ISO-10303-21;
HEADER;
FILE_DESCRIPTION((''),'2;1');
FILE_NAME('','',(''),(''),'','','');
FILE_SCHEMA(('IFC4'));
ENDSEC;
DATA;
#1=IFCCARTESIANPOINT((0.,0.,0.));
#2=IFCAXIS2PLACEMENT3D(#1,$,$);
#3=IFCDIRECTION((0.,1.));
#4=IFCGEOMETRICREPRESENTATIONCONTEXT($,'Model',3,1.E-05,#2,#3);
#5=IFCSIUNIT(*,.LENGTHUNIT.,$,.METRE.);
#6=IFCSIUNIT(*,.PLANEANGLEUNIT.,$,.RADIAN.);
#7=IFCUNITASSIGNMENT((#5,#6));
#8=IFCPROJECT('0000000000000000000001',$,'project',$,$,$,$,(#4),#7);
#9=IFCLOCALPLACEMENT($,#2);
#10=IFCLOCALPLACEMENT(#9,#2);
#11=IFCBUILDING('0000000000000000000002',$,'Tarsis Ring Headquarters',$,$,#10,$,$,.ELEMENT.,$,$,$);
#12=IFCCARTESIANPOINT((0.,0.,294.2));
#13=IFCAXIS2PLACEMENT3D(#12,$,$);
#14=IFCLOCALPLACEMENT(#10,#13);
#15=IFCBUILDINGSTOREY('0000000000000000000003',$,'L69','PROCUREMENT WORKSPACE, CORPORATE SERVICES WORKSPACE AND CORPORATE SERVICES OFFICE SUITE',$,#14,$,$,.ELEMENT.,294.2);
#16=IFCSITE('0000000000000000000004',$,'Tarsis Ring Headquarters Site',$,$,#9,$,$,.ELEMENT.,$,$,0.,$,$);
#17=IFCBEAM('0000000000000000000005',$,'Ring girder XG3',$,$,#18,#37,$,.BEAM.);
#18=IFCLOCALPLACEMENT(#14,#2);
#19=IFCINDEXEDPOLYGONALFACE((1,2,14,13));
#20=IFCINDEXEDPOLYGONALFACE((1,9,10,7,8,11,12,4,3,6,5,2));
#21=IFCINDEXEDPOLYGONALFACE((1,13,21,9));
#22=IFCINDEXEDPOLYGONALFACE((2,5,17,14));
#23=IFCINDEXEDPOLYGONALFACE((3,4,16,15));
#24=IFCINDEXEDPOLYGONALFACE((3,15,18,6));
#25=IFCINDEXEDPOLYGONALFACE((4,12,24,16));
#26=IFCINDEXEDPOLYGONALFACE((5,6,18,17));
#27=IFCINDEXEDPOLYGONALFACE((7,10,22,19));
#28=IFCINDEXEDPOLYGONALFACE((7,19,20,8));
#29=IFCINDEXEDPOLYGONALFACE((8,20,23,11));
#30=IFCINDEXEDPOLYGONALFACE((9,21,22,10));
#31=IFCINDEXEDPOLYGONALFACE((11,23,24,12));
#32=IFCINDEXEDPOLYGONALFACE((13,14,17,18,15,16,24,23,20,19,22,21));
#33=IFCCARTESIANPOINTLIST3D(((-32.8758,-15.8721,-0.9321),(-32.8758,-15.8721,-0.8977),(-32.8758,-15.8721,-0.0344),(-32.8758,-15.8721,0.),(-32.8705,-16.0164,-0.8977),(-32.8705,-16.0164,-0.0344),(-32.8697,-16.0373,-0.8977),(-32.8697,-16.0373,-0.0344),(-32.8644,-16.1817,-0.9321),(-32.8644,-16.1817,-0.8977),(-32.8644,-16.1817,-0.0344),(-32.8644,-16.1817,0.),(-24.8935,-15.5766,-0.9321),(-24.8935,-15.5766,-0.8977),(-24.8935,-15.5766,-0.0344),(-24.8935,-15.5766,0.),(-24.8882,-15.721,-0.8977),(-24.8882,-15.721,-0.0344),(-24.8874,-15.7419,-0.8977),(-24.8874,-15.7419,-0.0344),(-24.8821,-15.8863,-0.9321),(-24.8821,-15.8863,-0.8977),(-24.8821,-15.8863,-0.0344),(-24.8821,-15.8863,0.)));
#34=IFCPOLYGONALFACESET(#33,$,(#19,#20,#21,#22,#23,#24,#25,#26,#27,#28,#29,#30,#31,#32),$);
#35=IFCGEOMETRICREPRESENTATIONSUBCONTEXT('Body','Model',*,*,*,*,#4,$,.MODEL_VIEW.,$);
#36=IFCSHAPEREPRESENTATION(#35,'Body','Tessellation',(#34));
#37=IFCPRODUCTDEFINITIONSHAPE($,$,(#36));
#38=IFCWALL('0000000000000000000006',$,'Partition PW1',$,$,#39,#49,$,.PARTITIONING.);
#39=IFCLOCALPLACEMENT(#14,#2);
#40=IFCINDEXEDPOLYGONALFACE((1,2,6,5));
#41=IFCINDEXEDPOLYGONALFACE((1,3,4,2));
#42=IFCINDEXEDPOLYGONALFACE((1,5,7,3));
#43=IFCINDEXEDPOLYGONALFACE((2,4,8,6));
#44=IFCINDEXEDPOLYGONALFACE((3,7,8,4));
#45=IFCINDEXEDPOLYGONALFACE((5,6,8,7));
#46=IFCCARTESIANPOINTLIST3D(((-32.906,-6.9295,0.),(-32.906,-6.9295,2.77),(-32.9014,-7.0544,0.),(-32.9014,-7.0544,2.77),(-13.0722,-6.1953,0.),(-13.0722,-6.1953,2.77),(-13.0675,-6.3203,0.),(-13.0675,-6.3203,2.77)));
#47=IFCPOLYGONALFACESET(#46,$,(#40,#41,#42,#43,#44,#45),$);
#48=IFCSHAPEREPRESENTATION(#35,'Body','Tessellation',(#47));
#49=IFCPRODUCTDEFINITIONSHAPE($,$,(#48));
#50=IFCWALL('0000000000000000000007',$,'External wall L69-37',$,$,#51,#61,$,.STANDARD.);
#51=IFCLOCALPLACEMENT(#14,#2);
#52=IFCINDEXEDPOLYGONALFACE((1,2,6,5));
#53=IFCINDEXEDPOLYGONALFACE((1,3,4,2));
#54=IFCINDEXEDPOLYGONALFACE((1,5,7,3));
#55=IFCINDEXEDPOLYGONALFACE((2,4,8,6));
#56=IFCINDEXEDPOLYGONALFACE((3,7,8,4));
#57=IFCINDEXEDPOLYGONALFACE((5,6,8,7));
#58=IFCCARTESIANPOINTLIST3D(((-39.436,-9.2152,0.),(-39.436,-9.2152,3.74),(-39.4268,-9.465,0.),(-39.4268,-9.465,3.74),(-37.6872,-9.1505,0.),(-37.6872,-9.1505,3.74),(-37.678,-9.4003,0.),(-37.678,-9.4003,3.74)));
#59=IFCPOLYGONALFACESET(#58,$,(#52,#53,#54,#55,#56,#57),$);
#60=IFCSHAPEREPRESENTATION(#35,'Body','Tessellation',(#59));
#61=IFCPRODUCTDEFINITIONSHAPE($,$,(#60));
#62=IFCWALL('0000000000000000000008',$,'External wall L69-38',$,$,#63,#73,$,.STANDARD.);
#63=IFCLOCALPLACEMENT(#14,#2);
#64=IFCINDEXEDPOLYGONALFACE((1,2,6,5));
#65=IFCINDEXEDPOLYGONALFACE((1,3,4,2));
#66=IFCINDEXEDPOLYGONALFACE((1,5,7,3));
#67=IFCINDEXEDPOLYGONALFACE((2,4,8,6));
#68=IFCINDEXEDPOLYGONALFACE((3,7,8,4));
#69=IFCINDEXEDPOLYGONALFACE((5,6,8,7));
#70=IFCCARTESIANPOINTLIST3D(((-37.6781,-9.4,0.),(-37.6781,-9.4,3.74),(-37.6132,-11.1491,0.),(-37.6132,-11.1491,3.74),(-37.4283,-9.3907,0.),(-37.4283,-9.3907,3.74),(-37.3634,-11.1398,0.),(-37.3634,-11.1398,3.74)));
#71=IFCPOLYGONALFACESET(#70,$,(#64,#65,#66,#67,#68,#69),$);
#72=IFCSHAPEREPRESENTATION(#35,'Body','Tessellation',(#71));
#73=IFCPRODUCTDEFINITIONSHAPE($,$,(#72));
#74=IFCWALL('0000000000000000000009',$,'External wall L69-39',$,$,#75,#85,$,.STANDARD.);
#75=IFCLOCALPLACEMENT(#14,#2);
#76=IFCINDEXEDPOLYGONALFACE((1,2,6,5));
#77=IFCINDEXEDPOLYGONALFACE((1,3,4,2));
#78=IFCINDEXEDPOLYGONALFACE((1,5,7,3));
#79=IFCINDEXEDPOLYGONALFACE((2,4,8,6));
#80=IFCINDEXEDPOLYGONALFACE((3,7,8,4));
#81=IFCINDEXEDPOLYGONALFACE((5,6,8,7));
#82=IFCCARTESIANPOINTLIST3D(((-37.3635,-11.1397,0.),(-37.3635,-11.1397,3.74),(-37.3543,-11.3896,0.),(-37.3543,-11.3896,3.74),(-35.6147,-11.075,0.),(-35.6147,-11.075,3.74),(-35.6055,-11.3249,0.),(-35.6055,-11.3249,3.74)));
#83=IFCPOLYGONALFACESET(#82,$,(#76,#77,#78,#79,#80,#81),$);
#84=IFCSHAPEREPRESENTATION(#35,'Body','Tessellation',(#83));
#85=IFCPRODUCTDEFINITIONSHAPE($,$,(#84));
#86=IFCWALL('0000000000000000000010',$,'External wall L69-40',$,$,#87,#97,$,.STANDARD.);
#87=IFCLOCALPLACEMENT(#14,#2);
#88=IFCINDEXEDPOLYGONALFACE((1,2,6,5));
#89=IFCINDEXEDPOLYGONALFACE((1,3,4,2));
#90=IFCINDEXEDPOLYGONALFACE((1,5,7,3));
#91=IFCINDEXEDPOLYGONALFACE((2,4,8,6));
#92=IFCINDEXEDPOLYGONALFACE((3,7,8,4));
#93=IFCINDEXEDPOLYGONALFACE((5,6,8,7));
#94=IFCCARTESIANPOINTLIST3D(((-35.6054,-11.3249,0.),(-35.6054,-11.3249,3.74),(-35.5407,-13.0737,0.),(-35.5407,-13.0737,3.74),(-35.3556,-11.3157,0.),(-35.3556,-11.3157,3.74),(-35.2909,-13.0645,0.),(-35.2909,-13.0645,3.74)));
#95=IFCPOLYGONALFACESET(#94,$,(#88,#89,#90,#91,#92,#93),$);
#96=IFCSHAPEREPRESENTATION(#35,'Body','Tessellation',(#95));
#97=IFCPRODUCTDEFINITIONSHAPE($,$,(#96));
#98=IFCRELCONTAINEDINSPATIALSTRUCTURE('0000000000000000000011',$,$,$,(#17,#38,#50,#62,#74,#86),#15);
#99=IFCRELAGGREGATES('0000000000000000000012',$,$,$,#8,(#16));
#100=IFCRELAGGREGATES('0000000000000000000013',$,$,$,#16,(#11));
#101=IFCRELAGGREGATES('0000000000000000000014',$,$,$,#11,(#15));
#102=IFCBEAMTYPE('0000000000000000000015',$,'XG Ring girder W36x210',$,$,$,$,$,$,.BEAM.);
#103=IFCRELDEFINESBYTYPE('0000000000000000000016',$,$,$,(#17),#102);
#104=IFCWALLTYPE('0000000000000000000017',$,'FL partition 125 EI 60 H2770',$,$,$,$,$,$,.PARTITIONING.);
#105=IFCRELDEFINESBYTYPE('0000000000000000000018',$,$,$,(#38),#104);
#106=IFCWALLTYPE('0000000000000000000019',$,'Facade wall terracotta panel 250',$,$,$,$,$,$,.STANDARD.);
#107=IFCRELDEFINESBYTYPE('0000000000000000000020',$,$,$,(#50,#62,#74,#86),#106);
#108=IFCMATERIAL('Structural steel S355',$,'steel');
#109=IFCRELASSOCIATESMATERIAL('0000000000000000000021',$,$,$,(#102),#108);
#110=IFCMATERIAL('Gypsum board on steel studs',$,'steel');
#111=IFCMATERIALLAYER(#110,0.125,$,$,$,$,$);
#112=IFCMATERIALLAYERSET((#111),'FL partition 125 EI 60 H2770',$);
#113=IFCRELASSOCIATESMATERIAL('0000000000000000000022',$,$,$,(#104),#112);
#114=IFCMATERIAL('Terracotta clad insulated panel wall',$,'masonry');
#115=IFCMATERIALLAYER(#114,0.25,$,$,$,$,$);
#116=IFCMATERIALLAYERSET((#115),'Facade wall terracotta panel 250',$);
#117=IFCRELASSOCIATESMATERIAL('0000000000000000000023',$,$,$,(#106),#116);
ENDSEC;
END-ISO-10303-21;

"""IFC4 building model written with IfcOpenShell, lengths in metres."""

from ifc_helpers import new_model, si_unit, direction, frame, frame_2d, origin, origin_2d, place, context, subcontext, project, spatial, rectangle, i_section, extrude, material, layer, layer_set, material_profile, profile_set, type_object, element, save


model = new_model("IFC4")

# Units and contexts
model_context = context("Model", 3, precision=1e-05, world=origin(), true_north=direction((0.0, 1.0)))
body_context = subcontext(model_context, "Body", "Model", "MODEL_VIEW")
ifc_project = project(units=[si_unit("LENGTHUNIT", "METRE"), si_unit("PLANEANGLEUNIT", "RADIAN")], contexts=[model_context])

# Site, building, storey
site_placement = place(None, origin())
site = spatial("IfcSite", under=ifc_project, at=site_placement, Name="Tarsis Ring Headquarters Site", CompositionType="ELEMENT", RefElevation=0.0)
building_placement = place(site_placement, origin())
building = spatial("IfcBuilding", under=site, at=building_placement, Name="Tarsis Ring Headquarters", CompositionType="ELEMENT")
storey_placement = place(building_placement, frame((0.0, 0.0, 294.2)))
storey = spatial("IfcBuildingStorey", under=building, at=storey_placement, Name="L69", Description="PROCUREMENT WORKSPACE, CORPORATE SERVICES WORKSPACE AND CORPORATE SERVICES OFFICE SUITE", CompositionType="ELEMENT", Elevation=294.2)

# Shared definitions
ifc_material_1 = material(Name="Structural steel S355", Category="steel")

# Beam
ifc_material_profile_1 = material_profile(ifc_material_1, i_section(OverallWidth=0.3098, OverallDepth=0.9321, WebThickness=0.021, FlangeThickness=0.0344, at=origin_2d()), Name="W36x210")
ifc_profile_set_1 = profile_set([ifc_material_profile_1], Name="Structural steel S355")
beam_type = type_object("IfcBeamType", Name="XG Ring girder W36x210", PredefinedType="BEAM", material=ifc_profile_set_1)
for number, where, z_axis, x_axis, name in (
    (1, (-32.8701, -16.0269, -0.4661), (0.999316, 0.036982, 0.0), (-0.036982, 0.999316, 0.0), "Ring girder XG3"),
):
    element("IfcBeam", number, at=place(storey_placement, frame(where, z_axis=z_axis, x_axis=x_axis)), inside=storey, type_object=beam_type, Name=name, PredefinedType="BEAM", context=body_context, shape_type="SweptSolid", body=[
        extrude(i_section(OverallWidth=0.3098, OverallDepth=0.9321, WebThickness=0.021, FlangeThickness=0.0344, at=origin_2d()), origin(), (0.0, 0.0, 1.0), 7.9878),
    ])

# Wall
ifc_material_2 = material(Name="Gypsum board on steel studs", Category="steel")
ifc_layer_1 = layer(ifc_material_2, 0.125)
ifc_layer_set_1 = layer_set([ifc_layer_1], Name="FL partition 125 EI 60 H2770")
wall_type_1 = type_object("IfcWallType", Name="FL partition 125 EI 60 H2770", PredefinedType="PARTITIONING", material=ifc_layer_set_1)
wall_1_placement = place(storey_placement, frame((-32.9038, -6.9919, 0.0), z_axis=(0.0, 0.0, 1.0), x_axis=(0.999316, 0.036989, 0.0)))
element("IfcWall", 2, at=wall_1_placement, inside=storey, type_object=wall_type_1, Name="Partition PW1", PredefinedType="PARTITIONING", context=body_context, shape_type="SweptSolid", body=[
    extrude(rectangle(XDim=19.8474, YDim=0.125, at=frame_2d((9.9238, 0.0))), origin(), (0.0, 0.0, 1.0), 2.77),
])

# Shared definitions
ifc_material_3 = material(Name="Terracotta clad insulated panel wall", Category="masonry")
ifc_layer_2 = layer(ifc_material_3, 0.25)
ifc_layer_set_2 = layer_set([ifc_layer_2], Name="Facade wall terracotta panel 250")
wall_type_2 = type_object("IfcWallType", Name="Facade wall terracotta panel 250", PredefinedType="STANDARD", material=ifc_layer_set_2)

# Walls
wall_2_placement = place(storey_placement, frame((-39.4314, -9.3401, 0.0), z_axis=(0.0, 0.0, 1.0), x_axis=(0.999316, 0.03697, 0.0)))
element("IfcWall", 3, at=wall_2_placement, inside=storey, type_object=wall_type_2, Name="External wall L69-37", PredefinedType="STANDARD", context=body_context, shape_type="SweptSolid", body=[
    extrude(rectangle(XDim=1.75, YDim=0.25, at=frame_2d((0.875, 0.0))), origin(), (0.0, 0.0, 1.0), 3.74),
])
wall_3_placement = place(storey_placement, frame((-37.5532, -9.3955, 0.0), z_axis=(0.0, 0.0, 1.0), x_axis=(0.037105, -0.999311, 0.0)))
element("IfcWall", 4, at=wall_3_placement, inside=storey, type_object=wall_type_2, Name="External wall L69-38", PredefinedType="STANDARD", context=body_context, shape_type="SweptSolid", body=[
    extrude(rectangle(XDim=1.7502, YDim=0.25, at=frame_2d((0.875, 0.0))), origin(), (0.0, 0.0, 1.0), 3.74),
])
for number, where, z_axis, x_axis, name in (
    (5, (-37.3589, -11.2646, 0.0), (0.0, 0.0, 1.0), (0.999316, 0.03697, 0.0), "External wall L69-39"),
    (6, (-35.4805, -11.3203, 0.0), (0.0, 0.0, 1.0), (0.03697, -0.999316, 0.0), "External wall L69-40"),
):
    element("IfcWall", number, at=place(storey_placement, frame(where, z_axis=z_axis, x_axis=x_axis)), inside=storey, type_object=wall_type_2, Name=name, PredefinedType="STANDARD", context=body_context, shape_type="SweptSolid", body=[
        extrude(rectangle(XDim=1.75, YDim=0.25, at=frame_2d((0.875, 0.0))), origin(), (0.0, 0.0, 1.0), 3.74),
    ])

save(model, "model.ifc")
